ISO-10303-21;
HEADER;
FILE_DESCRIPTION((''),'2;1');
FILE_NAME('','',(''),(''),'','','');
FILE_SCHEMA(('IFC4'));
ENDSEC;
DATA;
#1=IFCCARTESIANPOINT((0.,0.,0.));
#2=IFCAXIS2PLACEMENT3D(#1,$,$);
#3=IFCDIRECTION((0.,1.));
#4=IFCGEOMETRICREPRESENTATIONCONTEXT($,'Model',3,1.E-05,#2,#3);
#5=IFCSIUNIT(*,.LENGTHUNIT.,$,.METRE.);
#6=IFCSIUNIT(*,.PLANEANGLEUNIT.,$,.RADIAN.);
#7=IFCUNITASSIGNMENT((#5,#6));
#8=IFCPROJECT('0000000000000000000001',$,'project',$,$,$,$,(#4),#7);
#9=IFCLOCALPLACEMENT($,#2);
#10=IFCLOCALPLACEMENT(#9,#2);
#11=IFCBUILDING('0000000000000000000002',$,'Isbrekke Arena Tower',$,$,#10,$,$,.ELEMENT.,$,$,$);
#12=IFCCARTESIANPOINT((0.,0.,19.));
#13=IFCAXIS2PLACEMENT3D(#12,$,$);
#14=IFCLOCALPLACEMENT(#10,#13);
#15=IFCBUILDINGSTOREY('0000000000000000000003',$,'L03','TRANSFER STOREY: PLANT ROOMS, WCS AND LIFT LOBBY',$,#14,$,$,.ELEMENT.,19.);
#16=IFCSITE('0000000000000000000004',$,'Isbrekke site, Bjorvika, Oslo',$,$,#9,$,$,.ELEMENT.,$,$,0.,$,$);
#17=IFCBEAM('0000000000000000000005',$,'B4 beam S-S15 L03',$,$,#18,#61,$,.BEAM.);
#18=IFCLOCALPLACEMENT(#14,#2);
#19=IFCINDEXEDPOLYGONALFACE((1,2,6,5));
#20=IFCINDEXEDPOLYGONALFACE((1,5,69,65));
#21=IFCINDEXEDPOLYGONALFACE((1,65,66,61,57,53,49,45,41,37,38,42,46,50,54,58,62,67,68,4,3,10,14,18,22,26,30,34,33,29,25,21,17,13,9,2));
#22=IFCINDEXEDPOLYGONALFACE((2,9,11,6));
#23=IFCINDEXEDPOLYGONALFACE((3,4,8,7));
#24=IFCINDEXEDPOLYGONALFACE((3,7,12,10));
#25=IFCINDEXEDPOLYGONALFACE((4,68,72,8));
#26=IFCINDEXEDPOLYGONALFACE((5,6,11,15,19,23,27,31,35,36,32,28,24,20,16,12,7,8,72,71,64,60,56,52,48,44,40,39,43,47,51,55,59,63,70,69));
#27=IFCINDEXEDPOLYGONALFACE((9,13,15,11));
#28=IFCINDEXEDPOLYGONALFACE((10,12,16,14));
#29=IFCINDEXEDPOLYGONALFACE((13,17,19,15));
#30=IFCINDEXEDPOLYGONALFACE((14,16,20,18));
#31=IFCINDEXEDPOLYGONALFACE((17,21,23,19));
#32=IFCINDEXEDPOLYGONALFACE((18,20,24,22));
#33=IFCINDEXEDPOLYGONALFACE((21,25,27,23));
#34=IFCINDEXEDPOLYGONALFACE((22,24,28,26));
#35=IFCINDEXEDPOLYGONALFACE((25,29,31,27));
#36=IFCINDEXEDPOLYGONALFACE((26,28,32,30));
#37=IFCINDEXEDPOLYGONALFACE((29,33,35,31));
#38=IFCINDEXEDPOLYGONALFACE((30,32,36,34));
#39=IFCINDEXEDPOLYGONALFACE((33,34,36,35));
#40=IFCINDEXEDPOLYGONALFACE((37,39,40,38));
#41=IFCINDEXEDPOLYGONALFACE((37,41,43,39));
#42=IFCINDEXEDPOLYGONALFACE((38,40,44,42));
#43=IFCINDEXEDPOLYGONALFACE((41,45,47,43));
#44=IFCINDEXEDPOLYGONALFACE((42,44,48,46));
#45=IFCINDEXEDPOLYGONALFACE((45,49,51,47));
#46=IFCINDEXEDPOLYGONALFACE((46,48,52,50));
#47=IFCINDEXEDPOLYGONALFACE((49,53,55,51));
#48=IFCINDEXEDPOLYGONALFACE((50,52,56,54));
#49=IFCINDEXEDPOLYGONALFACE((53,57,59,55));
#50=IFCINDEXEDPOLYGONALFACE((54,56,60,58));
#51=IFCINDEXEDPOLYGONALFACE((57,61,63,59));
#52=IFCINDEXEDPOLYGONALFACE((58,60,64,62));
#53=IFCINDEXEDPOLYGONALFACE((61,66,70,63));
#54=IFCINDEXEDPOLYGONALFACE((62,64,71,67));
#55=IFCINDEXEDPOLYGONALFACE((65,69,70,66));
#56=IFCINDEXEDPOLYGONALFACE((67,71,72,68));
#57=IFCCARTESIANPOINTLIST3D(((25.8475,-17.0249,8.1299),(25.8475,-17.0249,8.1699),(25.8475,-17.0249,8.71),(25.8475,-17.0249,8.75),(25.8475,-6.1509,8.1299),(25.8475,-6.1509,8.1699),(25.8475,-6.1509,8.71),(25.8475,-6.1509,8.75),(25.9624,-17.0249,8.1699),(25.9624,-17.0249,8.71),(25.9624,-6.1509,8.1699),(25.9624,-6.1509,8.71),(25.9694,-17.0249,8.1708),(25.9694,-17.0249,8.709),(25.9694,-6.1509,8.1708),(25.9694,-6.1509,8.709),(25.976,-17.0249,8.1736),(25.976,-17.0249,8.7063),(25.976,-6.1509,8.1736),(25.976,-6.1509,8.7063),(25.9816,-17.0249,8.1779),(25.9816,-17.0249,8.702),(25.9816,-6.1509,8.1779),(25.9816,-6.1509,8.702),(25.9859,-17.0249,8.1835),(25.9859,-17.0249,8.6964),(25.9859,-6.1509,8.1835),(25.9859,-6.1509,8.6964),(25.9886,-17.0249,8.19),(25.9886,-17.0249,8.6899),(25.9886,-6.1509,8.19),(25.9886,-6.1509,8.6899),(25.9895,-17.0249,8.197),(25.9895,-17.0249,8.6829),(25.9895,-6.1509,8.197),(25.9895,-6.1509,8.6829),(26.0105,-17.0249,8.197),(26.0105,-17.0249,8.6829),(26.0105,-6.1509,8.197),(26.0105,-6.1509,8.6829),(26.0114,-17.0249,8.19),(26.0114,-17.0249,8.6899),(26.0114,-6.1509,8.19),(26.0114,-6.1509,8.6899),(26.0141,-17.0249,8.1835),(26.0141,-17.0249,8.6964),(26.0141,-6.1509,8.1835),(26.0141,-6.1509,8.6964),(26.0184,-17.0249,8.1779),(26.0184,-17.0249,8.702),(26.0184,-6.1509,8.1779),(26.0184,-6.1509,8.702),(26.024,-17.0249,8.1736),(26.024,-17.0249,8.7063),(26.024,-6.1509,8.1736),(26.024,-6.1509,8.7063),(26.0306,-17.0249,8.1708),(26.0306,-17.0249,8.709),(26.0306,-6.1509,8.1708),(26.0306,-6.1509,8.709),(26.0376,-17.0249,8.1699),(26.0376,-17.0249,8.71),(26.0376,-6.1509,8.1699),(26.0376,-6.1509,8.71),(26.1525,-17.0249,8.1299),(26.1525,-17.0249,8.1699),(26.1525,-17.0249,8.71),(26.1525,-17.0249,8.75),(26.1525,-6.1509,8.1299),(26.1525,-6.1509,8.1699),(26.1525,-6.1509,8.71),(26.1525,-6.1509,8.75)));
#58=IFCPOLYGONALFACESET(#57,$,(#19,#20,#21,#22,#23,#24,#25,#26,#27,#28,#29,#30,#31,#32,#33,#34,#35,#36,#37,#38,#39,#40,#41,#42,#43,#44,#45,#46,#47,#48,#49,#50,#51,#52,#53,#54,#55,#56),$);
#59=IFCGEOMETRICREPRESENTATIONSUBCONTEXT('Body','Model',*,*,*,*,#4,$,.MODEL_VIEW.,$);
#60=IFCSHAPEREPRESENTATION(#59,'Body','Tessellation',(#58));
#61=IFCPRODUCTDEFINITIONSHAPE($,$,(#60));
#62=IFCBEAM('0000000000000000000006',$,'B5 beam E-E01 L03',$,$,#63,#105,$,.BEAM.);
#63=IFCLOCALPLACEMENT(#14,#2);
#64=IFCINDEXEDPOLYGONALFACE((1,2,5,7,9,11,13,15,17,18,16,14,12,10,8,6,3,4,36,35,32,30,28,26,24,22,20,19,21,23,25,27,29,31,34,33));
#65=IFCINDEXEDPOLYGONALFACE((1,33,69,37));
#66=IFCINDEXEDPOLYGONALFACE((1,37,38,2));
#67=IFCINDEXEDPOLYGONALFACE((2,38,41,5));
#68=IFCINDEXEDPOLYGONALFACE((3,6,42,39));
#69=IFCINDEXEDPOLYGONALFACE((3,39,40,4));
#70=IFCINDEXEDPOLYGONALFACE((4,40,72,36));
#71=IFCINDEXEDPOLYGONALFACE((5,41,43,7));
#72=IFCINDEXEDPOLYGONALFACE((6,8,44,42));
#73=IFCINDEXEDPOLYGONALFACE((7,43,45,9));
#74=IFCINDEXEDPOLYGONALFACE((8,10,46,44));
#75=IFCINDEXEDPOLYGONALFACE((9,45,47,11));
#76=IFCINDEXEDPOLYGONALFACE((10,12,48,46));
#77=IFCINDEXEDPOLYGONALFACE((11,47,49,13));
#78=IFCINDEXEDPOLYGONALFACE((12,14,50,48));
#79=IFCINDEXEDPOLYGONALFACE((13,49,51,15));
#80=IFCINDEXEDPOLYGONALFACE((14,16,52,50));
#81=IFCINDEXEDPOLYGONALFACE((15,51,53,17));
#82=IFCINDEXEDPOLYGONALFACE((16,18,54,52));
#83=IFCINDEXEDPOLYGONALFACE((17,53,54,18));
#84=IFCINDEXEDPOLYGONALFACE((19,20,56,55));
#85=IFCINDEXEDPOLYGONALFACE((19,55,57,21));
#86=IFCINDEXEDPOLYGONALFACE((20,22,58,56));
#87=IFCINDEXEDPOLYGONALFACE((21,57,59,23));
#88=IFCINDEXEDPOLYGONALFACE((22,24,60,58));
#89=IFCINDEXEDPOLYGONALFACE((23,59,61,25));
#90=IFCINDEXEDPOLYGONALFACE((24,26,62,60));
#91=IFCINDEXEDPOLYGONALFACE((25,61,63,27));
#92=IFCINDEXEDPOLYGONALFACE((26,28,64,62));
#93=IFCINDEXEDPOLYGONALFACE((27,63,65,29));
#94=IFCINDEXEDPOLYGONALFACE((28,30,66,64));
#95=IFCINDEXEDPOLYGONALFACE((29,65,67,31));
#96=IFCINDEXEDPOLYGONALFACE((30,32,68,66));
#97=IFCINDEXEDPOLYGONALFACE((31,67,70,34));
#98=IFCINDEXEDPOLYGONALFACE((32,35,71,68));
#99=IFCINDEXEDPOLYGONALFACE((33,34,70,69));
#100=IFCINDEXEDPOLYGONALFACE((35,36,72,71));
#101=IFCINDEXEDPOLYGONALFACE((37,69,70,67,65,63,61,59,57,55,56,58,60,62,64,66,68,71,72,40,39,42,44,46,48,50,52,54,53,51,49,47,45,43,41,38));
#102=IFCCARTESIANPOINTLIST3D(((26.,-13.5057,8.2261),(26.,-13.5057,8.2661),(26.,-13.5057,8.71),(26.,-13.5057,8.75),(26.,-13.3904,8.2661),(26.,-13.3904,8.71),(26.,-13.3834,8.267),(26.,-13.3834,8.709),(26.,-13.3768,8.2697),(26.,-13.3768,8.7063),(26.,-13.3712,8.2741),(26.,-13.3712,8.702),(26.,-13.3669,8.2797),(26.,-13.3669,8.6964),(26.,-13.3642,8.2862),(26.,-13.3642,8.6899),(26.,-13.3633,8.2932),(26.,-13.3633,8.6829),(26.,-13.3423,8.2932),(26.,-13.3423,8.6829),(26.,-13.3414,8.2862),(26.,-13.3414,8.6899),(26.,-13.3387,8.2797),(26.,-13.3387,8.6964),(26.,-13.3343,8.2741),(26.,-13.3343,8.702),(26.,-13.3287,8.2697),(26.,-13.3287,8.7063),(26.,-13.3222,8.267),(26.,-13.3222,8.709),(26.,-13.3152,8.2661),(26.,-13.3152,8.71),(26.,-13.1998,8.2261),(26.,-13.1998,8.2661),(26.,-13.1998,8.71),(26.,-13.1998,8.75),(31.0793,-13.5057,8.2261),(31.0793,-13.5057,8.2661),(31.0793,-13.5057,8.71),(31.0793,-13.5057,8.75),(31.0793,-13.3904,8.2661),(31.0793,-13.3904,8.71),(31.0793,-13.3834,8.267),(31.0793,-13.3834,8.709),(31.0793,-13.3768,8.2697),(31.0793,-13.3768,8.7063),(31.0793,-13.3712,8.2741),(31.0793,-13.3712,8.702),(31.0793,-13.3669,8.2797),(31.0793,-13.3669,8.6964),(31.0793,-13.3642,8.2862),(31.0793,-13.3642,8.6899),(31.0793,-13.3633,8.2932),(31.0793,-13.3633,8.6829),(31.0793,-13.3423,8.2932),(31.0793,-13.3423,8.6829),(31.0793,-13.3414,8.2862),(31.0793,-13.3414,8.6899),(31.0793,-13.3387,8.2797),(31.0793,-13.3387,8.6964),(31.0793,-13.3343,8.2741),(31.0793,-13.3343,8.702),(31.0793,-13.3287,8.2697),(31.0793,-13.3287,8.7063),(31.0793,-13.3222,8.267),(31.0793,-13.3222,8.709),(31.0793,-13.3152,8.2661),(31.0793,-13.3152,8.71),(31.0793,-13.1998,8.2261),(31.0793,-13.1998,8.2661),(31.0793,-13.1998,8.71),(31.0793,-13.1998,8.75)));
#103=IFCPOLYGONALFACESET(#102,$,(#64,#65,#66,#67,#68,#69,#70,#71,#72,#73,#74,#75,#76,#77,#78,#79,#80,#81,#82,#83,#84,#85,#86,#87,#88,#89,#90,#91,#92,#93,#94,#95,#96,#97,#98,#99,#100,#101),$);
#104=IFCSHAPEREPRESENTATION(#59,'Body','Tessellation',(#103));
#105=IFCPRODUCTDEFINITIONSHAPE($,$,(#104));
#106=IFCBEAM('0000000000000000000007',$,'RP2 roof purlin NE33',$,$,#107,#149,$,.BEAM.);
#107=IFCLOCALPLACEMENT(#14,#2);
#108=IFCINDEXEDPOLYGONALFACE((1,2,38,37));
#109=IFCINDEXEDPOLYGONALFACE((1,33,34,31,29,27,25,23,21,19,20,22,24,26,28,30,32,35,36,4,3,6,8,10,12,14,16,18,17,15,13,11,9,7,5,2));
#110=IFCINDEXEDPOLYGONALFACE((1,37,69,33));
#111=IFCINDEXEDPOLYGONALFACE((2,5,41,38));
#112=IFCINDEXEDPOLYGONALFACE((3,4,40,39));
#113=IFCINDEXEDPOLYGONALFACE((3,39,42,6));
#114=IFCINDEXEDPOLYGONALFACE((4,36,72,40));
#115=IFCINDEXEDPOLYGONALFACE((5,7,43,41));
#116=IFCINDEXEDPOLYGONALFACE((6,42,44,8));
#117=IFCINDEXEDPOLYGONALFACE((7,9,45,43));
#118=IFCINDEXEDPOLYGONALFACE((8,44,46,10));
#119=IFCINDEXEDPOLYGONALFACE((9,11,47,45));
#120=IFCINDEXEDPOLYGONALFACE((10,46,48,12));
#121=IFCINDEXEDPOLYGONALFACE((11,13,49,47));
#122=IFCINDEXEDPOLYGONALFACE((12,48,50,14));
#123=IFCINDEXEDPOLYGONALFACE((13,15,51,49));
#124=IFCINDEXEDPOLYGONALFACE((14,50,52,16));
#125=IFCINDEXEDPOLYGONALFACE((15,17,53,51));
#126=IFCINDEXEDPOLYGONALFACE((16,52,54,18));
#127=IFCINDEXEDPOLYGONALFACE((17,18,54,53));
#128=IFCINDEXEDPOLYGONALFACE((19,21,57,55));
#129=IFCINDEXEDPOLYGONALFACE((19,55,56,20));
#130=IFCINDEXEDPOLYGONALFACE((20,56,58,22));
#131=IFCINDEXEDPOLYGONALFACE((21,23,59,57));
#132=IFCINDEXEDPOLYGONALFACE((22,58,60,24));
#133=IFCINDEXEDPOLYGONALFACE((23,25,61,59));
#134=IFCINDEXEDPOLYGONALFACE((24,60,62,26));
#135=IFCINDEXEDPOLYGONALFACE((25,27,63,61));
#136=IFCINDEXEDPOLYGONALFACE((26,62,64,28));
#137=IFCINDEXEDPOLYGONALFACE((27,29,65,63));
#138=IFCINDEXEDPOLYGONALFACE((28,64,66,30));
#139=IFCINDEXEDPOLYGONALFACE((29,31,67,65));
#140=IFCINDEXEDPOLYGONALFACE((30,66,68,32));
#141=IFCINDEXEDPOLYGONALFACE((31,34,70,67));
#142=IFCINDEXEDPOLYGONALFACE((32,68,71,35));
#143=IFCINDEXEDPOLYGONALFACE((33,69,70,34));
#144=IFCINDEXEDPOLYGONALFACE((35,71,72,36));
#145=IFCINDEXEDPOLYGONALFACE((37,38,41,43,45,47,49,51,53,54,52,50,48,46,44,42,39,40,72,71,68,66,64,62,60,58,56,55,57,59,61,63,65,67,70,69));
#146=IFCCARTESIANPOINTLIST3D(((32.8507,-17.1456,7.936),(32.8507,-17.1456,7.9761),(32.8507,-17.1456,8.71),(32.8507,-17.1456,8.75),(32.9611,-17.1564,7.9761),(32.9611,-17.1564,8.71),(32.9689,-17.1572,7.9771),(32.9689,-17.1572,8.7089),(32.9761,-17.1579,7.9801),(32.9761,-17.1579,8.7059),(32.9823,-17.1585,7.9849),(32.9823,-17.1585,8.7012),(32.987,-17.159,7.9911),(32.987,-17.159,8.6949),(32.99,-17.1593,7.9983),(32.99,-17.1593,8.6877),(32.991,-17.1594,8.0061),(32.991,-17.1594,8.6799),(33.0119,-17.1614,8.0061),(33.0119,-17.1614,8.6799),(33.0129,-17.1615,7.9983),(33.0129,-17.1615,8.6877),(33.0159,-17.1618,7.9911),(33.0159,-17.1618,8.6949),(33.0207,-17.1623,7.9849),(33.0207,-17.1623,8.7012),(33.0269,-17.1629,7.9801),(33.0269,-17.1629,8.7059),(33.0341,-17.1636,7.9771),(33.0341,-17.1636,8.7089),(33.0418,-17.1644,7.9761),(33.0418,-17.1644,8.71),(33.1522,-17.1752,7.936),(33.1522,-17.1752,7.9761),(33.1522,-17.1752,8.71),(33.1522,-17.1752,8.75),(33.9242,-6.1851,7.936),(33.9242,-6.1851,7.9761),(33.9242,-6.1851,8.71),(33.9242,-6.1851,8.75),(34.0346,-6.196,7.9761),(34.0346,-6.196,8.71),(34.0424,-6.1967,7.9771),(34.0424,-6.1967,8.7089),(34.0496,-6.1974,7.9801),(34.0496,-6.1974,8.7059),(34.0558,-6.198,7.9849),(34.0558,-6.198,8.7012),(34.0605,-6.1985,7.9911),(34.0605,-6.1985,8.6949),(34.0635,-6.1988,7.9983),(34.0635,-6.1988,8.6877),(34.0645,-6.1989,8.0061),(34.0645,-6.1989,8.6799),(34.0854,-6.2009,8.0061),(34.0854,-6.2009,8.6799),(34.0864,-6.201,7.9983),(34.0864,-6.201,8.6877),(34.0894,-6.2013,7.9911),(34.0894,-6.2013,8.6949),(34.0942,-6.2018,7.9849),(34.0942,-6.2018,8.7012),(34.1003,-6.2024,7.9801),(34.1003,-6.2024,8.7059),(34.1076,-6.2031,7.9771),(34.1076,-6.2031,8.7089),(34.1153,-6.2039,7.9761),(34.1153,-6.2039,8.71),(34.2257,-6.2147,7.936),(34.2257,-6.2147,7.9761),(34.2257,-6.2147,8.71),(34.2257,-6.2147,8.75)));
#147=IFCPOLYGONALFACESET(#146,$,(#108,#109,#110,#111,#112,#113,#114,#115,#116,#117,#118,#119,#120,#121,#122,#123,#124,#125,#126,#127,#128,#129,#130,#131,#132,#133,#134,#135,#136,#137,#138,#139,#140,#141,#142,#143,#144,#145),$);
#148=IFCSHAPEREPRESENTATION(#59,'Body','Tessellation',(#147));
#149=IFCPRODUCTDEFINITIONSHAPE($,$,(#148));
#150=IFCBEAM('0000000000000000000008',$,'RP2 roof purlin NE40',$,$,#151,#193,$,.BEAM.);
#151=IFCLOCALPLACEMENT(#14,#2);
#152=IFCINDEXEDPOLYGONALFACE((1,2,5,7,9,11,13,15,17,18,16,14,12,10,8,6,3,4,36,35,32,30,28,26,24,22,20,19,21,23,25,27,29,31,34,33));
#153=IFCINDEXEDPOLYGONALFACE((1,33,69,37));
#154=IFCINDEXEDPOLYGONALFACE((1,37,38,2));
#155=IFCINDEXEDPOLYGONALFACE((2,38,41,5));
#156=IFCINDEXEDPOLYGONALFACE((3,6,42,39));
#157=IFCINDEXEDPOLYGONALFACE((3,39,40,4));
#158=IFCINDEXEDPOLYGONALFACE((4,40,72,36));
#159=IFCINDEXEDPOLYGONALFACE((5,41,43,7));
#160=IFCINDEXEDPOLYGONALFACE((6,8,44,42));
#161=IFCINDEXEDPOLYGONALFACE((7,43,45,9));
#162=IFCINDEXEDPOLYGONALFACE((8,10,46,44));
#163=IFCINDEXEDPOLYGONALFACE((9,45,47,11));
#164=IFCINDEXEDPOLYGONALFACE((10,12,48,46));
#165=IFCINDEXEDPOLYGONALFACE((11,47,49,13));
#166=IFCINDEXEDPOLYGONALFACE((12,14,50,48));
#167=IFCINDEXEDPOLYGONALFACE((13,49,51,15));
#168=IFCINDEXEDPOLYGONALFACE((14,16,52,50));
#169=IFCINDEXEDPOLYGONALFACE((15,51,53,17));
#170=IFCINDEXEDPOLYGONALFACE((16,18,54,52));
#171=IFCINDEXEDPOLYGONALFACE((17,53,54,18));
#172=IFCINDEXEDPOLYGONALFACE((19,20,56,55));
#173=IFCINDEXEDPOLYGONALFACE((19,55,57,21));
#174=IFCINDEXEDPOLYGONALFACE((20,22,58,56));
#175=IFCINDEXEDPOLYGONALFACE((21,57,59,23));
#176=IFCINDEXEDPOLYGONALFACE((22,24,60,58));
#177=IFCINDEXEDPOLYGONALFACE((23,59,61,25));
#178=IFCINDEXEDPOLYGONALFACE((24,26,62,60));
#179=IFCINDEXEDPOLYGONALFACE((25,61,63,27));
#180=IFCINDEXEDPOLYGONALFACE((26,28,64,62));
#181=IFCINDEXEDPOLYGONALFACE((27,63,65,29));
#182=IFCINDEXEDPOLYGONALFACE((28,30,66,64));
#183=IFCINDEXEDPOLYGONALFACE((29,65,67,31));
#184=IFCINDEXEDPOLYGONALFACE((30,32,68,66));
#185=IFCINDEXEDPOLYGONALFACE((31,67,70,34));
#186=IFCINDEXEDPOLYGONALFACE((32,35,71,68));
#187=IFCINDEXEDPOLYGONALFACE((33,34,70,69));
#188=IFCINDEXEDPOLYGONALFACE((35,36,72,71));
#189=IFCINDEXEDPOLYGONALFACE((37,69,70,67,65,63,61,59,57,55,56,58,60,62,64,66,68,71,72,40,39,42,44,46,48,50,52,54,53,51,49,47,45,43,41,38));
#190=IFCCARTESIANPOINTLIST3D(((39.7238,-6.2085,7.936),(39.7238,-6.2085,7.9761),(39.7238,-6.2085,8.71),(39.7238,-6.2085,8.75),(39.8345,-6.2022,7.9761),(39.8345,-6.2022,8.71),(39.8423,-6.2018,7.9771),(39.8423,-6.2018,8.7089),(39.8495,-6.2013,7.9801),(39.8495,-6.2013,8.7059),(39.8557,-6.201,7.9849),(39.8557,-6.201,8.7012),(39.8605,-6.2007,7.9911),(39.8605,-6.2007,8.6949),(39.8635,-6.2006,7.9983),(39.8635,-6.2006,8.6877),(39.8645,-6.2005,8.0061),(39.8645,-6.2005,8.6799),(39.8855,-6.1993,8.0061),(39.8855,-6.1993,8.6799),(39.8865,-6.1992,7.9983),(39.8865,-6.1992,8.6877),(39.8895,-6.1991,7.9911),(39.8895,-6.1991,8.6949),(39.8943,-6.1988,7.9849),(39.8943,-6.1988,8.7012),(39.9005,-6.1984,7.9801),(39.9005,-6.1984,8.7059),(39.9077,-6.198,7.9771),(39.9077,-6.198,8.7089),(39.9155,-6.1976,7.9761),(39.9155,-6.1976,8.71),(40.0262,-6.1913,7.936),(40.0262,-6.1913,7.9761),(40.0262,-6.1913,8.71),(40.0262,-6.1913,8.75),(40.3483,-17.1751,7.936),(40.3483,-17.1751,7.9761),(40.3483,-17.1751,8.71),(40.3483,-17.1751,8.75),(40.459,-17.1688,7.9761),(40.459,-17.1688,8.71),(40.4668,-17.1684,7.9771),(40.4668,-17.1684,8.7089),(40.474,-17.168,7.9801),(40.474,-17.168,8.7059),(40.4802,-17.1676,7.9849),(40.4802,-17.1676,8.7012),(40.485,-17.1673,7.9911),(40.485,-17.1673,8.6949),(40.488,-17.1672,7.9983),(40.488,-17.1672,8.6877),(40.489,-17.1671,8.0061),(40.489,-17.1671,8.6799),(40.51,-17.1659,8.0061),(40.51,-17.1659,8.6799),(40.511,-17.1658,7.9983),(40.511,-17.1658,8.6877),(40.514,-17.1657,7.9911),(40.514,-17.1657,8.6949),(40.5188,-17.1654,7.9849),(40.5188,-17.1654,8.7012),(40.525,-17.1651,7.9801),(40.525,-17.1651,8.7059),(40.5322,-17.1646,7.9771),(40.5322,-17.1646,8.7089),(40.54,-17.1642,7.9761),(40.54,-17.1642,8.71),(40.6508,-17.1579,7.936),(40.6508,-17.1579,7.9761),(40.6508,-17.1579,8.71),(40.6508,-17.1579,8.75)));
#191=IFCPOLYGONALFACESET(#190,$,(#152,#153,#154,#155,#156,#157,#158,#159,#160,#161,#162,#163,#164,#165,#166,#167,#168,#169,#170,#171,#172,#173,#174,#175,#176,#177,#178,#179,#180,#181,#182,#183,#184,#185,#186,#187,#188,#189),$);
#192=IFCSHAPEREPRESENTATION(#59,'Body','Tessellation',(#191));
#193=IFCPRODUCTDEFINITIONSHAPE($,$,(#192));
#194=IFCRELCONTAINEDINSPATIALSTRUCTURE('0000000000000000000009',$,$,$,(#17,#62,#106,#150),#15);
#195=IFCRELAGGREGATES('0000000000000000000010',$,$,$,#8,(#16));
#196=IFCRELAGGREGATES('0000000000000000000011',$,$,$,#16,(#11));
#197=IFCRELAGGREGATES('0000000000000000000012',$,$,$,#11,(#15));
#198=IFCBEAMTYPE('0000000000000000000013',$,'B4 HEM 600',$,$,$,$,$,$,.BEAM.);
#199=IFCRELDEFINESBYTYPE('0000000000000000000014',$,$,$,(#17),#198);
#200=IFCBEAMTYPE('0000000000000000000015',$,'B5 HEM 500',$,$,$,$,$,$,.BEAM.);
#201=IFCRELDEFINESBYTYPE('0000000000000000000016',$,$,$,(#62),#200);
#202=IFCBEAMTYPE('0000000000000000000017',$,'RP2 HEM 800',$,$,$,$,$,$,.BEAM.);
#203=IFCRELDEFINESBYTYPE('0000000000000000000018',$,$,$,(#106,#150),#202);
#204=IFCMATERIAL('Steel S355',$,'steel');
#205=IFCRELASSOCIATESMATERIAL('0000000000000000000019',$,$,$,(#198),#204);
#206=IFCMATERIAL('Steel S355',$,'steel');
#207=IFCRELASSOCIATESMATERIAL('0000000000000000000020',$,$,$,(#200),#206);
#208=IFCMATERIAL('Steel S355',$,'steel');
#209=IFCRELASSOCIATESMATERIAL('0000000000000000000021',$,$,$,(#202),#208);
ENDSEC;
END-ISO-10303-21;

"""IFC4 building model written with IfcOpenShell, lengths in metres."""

from ifc_helpers import new_model, si_unit, direction, frame, origin, origin_2d, place, context, subcontext, project, spatial, i_section, extrude, material, material_profile, profile_set, type_object, element, save


model = new_model("IFC4")

# Units and contexts
model_context = context("Model", 3, precision=1e-05, world=origin(), true_north=direction((0.0, 1.0)))
body_context = subcontext(model_context, "Body", "Model", "MODEL_VIEW")
ifc_project = project(units=[si_unit("LENGTHUNIT", "METRE"), si_unit("PLANEANGLEUNIT", "RADIAN")], contexts=[model_context])

# Site, building, storey
site_placement = place(None, origin())
site = spatial("IfcSite", under=ifc_project, at=site_placement, Name="Isbrekke site, Bjorvika, Oslo", CompositionType="ELEMENT", RefElevation=0.0)
building_placement = place(site_placement, origin())
building = spatial("IfcBuilding", under=site, at=building_placement, Name="Isbrekke Arena Tower", CompositionType="ELEMENT")
storey_placement = place(building_placement, frame((0.0, 0.0, 19.0)))
storey = spatial("IfcBuildingStorey", under=building, at=storey_placement, Name="L03", Description="TRANSFER STOREY: PLANT ROOMS, WCS AND LIFT LOBBY", CompositionType="ELEMENT", Elevation=19.0)

# Beams
ifc_material_1 = material(Name="Steel S355", Category="steel")
ifc_material_profile_1 = material_profile(ifc_material_1, i_section(OverallWidth=0.3049, OverallDepth=0.6201, WebThickness=0.021, FlangeThickness=0.04, FilletRadius=0.0271, at=origin_2d()), Name="HEM 600")
ifc_profile_set_1 = profile_set([ifc_material_profile_1], Name="Steel S355")
beam_type_1 = type_object("IfcBeamType", Name="B4 HEM 600", PredefinedType="BEAM", material=ifc_profile_set_1)
beam_1_placement = place(storey_placement, frame((26.0, -17.0249, 8.4399), z_axis=(0.0, 1.0, 0.0), x_axis=(-1.0, 0.0, 0.0)))
element("IfcBeam", 1, at=beam_1_placement, inside=storey, type_object=beam_type_1, Name="B4 beam S-S15 L03", PredefinedType="BEAM", context=body_context, shape_type="SweptSolid", body=[
    extrude(i_section(OverallWidth=0.3049, OverallDepth=0.6201, WebThickness=0.021, FlangeThickness=0.04, FilletRadius=0.0271, at=origin_2d()), origin(), (0.0, 0.0, 1.0), 10.874),
])
ifc_material_2 = material(Name="Steel S355", Category="steel")
ifc_material_profile_2 = material_profile(ifc_material_2, i_section(OverallWidth=0.3059, OverallDepth=0.5239, WebThickness=0.021, FlangeThickness=0.04, FilletRadius=0.0271, at=origin_2d()), Name="HEM 500")
ifc_profile_set_2 = profile_set([ifc_material_profile_2], Name="Steel S355")
beam_type_2 = type_object("IfcBeamType", Name="B5 HEM 500", PredefinedType="BEAM", material=ifc_profile_set_2)
beam_2_placement = place(storey_placement, frame((31.0793, -13.3528, 8.488), z_axis=(-1.0, 0.0, 0.0), x_axis=(0.0, -1.0, 0.0)))
element("IfcBeam", 2, at=beam_2_placement, inside=storey, type_object=beam_type_2, Name="B5 beam E-E01 L03", PredefinedType="BEAM", context=body_context, shape_type="SweptSolid", body=[
    extrude(i_section(OverallWidth=0.3059, OverallDepth=0.5239, WebThickness=0.021, FlangeThickness=0.04, FilletRadius=0.0271, at=origin_2d()), origin(), (0.0, 0.0, 1.0), 5.0793),
])
ifc_material_3 = material(Name="Steel S355", Category="steel")
ifc_material_profile_3 = material_profile(ifc_material_3, i_section(OverallWidth=0.303, OverallDepth=0.814, WebThickness=0.021, FlangeThickness=0.04, FilletRadius=0.03, at=origin_2d()), Name="HEM 800")
ifc_profile_set_3 = profile_set([ifc_material_profile_3], Name="Steel S355")
beam_type_3 = type_object("IfcBeamType", Name="RP2 HEM 800", PredefinedType="BEAM", material=ifc_profile_set_3)
beam_3_placement = place(storey_placement, frame((33.0015, -17.1604, 8.343), z_axis=(0.097475, 0.995238, 0.0), x_axis=(-0.995238, 0.097475, 0.0)))
element("IfcBeam", 3, at=beam_3_placement, inside=storey, type_object=beam_type_3, Name="RP2 roof purlin NE33", PredefinedType="BEAM", context=body_context, shape_type="SweptSolid", body=[
    extrude(i_section(OverallWidth=0.303, OverallDepth=0.814, WebThickness=0.021, FlangeThickness=0.04, FilletRadius=0.03, at=origin_2d()), origin(), (0.0, 0.0, 1.0), 11.0129),
])
beam_4_placement = place(storey_placement, frame((40.4995, -17.1665, 8.343), z_axis=(-0.056855, 0.998382, 0.0), x_axis=(-0.998382, -0.056855, 0.0)))
element("IfcBeam", 4, at=beam_4_placement, inside=storey, type_object=beam_type_3, Name="RP2 roof purlin NE40", PredefinedType="BEAM", context=body_context, shape_type="SweptSolid", body=[
    extrude(i_section(OverallWidth=0.303, OverallDepth=0.814, WebThickness=0.021, FlangeThickness=0.04, FilletRadius=0.03, at=origin_2d()), origin(), (0.0, 0.0, 1.0), 10.9844),
])

save(model, "model.ifc")
